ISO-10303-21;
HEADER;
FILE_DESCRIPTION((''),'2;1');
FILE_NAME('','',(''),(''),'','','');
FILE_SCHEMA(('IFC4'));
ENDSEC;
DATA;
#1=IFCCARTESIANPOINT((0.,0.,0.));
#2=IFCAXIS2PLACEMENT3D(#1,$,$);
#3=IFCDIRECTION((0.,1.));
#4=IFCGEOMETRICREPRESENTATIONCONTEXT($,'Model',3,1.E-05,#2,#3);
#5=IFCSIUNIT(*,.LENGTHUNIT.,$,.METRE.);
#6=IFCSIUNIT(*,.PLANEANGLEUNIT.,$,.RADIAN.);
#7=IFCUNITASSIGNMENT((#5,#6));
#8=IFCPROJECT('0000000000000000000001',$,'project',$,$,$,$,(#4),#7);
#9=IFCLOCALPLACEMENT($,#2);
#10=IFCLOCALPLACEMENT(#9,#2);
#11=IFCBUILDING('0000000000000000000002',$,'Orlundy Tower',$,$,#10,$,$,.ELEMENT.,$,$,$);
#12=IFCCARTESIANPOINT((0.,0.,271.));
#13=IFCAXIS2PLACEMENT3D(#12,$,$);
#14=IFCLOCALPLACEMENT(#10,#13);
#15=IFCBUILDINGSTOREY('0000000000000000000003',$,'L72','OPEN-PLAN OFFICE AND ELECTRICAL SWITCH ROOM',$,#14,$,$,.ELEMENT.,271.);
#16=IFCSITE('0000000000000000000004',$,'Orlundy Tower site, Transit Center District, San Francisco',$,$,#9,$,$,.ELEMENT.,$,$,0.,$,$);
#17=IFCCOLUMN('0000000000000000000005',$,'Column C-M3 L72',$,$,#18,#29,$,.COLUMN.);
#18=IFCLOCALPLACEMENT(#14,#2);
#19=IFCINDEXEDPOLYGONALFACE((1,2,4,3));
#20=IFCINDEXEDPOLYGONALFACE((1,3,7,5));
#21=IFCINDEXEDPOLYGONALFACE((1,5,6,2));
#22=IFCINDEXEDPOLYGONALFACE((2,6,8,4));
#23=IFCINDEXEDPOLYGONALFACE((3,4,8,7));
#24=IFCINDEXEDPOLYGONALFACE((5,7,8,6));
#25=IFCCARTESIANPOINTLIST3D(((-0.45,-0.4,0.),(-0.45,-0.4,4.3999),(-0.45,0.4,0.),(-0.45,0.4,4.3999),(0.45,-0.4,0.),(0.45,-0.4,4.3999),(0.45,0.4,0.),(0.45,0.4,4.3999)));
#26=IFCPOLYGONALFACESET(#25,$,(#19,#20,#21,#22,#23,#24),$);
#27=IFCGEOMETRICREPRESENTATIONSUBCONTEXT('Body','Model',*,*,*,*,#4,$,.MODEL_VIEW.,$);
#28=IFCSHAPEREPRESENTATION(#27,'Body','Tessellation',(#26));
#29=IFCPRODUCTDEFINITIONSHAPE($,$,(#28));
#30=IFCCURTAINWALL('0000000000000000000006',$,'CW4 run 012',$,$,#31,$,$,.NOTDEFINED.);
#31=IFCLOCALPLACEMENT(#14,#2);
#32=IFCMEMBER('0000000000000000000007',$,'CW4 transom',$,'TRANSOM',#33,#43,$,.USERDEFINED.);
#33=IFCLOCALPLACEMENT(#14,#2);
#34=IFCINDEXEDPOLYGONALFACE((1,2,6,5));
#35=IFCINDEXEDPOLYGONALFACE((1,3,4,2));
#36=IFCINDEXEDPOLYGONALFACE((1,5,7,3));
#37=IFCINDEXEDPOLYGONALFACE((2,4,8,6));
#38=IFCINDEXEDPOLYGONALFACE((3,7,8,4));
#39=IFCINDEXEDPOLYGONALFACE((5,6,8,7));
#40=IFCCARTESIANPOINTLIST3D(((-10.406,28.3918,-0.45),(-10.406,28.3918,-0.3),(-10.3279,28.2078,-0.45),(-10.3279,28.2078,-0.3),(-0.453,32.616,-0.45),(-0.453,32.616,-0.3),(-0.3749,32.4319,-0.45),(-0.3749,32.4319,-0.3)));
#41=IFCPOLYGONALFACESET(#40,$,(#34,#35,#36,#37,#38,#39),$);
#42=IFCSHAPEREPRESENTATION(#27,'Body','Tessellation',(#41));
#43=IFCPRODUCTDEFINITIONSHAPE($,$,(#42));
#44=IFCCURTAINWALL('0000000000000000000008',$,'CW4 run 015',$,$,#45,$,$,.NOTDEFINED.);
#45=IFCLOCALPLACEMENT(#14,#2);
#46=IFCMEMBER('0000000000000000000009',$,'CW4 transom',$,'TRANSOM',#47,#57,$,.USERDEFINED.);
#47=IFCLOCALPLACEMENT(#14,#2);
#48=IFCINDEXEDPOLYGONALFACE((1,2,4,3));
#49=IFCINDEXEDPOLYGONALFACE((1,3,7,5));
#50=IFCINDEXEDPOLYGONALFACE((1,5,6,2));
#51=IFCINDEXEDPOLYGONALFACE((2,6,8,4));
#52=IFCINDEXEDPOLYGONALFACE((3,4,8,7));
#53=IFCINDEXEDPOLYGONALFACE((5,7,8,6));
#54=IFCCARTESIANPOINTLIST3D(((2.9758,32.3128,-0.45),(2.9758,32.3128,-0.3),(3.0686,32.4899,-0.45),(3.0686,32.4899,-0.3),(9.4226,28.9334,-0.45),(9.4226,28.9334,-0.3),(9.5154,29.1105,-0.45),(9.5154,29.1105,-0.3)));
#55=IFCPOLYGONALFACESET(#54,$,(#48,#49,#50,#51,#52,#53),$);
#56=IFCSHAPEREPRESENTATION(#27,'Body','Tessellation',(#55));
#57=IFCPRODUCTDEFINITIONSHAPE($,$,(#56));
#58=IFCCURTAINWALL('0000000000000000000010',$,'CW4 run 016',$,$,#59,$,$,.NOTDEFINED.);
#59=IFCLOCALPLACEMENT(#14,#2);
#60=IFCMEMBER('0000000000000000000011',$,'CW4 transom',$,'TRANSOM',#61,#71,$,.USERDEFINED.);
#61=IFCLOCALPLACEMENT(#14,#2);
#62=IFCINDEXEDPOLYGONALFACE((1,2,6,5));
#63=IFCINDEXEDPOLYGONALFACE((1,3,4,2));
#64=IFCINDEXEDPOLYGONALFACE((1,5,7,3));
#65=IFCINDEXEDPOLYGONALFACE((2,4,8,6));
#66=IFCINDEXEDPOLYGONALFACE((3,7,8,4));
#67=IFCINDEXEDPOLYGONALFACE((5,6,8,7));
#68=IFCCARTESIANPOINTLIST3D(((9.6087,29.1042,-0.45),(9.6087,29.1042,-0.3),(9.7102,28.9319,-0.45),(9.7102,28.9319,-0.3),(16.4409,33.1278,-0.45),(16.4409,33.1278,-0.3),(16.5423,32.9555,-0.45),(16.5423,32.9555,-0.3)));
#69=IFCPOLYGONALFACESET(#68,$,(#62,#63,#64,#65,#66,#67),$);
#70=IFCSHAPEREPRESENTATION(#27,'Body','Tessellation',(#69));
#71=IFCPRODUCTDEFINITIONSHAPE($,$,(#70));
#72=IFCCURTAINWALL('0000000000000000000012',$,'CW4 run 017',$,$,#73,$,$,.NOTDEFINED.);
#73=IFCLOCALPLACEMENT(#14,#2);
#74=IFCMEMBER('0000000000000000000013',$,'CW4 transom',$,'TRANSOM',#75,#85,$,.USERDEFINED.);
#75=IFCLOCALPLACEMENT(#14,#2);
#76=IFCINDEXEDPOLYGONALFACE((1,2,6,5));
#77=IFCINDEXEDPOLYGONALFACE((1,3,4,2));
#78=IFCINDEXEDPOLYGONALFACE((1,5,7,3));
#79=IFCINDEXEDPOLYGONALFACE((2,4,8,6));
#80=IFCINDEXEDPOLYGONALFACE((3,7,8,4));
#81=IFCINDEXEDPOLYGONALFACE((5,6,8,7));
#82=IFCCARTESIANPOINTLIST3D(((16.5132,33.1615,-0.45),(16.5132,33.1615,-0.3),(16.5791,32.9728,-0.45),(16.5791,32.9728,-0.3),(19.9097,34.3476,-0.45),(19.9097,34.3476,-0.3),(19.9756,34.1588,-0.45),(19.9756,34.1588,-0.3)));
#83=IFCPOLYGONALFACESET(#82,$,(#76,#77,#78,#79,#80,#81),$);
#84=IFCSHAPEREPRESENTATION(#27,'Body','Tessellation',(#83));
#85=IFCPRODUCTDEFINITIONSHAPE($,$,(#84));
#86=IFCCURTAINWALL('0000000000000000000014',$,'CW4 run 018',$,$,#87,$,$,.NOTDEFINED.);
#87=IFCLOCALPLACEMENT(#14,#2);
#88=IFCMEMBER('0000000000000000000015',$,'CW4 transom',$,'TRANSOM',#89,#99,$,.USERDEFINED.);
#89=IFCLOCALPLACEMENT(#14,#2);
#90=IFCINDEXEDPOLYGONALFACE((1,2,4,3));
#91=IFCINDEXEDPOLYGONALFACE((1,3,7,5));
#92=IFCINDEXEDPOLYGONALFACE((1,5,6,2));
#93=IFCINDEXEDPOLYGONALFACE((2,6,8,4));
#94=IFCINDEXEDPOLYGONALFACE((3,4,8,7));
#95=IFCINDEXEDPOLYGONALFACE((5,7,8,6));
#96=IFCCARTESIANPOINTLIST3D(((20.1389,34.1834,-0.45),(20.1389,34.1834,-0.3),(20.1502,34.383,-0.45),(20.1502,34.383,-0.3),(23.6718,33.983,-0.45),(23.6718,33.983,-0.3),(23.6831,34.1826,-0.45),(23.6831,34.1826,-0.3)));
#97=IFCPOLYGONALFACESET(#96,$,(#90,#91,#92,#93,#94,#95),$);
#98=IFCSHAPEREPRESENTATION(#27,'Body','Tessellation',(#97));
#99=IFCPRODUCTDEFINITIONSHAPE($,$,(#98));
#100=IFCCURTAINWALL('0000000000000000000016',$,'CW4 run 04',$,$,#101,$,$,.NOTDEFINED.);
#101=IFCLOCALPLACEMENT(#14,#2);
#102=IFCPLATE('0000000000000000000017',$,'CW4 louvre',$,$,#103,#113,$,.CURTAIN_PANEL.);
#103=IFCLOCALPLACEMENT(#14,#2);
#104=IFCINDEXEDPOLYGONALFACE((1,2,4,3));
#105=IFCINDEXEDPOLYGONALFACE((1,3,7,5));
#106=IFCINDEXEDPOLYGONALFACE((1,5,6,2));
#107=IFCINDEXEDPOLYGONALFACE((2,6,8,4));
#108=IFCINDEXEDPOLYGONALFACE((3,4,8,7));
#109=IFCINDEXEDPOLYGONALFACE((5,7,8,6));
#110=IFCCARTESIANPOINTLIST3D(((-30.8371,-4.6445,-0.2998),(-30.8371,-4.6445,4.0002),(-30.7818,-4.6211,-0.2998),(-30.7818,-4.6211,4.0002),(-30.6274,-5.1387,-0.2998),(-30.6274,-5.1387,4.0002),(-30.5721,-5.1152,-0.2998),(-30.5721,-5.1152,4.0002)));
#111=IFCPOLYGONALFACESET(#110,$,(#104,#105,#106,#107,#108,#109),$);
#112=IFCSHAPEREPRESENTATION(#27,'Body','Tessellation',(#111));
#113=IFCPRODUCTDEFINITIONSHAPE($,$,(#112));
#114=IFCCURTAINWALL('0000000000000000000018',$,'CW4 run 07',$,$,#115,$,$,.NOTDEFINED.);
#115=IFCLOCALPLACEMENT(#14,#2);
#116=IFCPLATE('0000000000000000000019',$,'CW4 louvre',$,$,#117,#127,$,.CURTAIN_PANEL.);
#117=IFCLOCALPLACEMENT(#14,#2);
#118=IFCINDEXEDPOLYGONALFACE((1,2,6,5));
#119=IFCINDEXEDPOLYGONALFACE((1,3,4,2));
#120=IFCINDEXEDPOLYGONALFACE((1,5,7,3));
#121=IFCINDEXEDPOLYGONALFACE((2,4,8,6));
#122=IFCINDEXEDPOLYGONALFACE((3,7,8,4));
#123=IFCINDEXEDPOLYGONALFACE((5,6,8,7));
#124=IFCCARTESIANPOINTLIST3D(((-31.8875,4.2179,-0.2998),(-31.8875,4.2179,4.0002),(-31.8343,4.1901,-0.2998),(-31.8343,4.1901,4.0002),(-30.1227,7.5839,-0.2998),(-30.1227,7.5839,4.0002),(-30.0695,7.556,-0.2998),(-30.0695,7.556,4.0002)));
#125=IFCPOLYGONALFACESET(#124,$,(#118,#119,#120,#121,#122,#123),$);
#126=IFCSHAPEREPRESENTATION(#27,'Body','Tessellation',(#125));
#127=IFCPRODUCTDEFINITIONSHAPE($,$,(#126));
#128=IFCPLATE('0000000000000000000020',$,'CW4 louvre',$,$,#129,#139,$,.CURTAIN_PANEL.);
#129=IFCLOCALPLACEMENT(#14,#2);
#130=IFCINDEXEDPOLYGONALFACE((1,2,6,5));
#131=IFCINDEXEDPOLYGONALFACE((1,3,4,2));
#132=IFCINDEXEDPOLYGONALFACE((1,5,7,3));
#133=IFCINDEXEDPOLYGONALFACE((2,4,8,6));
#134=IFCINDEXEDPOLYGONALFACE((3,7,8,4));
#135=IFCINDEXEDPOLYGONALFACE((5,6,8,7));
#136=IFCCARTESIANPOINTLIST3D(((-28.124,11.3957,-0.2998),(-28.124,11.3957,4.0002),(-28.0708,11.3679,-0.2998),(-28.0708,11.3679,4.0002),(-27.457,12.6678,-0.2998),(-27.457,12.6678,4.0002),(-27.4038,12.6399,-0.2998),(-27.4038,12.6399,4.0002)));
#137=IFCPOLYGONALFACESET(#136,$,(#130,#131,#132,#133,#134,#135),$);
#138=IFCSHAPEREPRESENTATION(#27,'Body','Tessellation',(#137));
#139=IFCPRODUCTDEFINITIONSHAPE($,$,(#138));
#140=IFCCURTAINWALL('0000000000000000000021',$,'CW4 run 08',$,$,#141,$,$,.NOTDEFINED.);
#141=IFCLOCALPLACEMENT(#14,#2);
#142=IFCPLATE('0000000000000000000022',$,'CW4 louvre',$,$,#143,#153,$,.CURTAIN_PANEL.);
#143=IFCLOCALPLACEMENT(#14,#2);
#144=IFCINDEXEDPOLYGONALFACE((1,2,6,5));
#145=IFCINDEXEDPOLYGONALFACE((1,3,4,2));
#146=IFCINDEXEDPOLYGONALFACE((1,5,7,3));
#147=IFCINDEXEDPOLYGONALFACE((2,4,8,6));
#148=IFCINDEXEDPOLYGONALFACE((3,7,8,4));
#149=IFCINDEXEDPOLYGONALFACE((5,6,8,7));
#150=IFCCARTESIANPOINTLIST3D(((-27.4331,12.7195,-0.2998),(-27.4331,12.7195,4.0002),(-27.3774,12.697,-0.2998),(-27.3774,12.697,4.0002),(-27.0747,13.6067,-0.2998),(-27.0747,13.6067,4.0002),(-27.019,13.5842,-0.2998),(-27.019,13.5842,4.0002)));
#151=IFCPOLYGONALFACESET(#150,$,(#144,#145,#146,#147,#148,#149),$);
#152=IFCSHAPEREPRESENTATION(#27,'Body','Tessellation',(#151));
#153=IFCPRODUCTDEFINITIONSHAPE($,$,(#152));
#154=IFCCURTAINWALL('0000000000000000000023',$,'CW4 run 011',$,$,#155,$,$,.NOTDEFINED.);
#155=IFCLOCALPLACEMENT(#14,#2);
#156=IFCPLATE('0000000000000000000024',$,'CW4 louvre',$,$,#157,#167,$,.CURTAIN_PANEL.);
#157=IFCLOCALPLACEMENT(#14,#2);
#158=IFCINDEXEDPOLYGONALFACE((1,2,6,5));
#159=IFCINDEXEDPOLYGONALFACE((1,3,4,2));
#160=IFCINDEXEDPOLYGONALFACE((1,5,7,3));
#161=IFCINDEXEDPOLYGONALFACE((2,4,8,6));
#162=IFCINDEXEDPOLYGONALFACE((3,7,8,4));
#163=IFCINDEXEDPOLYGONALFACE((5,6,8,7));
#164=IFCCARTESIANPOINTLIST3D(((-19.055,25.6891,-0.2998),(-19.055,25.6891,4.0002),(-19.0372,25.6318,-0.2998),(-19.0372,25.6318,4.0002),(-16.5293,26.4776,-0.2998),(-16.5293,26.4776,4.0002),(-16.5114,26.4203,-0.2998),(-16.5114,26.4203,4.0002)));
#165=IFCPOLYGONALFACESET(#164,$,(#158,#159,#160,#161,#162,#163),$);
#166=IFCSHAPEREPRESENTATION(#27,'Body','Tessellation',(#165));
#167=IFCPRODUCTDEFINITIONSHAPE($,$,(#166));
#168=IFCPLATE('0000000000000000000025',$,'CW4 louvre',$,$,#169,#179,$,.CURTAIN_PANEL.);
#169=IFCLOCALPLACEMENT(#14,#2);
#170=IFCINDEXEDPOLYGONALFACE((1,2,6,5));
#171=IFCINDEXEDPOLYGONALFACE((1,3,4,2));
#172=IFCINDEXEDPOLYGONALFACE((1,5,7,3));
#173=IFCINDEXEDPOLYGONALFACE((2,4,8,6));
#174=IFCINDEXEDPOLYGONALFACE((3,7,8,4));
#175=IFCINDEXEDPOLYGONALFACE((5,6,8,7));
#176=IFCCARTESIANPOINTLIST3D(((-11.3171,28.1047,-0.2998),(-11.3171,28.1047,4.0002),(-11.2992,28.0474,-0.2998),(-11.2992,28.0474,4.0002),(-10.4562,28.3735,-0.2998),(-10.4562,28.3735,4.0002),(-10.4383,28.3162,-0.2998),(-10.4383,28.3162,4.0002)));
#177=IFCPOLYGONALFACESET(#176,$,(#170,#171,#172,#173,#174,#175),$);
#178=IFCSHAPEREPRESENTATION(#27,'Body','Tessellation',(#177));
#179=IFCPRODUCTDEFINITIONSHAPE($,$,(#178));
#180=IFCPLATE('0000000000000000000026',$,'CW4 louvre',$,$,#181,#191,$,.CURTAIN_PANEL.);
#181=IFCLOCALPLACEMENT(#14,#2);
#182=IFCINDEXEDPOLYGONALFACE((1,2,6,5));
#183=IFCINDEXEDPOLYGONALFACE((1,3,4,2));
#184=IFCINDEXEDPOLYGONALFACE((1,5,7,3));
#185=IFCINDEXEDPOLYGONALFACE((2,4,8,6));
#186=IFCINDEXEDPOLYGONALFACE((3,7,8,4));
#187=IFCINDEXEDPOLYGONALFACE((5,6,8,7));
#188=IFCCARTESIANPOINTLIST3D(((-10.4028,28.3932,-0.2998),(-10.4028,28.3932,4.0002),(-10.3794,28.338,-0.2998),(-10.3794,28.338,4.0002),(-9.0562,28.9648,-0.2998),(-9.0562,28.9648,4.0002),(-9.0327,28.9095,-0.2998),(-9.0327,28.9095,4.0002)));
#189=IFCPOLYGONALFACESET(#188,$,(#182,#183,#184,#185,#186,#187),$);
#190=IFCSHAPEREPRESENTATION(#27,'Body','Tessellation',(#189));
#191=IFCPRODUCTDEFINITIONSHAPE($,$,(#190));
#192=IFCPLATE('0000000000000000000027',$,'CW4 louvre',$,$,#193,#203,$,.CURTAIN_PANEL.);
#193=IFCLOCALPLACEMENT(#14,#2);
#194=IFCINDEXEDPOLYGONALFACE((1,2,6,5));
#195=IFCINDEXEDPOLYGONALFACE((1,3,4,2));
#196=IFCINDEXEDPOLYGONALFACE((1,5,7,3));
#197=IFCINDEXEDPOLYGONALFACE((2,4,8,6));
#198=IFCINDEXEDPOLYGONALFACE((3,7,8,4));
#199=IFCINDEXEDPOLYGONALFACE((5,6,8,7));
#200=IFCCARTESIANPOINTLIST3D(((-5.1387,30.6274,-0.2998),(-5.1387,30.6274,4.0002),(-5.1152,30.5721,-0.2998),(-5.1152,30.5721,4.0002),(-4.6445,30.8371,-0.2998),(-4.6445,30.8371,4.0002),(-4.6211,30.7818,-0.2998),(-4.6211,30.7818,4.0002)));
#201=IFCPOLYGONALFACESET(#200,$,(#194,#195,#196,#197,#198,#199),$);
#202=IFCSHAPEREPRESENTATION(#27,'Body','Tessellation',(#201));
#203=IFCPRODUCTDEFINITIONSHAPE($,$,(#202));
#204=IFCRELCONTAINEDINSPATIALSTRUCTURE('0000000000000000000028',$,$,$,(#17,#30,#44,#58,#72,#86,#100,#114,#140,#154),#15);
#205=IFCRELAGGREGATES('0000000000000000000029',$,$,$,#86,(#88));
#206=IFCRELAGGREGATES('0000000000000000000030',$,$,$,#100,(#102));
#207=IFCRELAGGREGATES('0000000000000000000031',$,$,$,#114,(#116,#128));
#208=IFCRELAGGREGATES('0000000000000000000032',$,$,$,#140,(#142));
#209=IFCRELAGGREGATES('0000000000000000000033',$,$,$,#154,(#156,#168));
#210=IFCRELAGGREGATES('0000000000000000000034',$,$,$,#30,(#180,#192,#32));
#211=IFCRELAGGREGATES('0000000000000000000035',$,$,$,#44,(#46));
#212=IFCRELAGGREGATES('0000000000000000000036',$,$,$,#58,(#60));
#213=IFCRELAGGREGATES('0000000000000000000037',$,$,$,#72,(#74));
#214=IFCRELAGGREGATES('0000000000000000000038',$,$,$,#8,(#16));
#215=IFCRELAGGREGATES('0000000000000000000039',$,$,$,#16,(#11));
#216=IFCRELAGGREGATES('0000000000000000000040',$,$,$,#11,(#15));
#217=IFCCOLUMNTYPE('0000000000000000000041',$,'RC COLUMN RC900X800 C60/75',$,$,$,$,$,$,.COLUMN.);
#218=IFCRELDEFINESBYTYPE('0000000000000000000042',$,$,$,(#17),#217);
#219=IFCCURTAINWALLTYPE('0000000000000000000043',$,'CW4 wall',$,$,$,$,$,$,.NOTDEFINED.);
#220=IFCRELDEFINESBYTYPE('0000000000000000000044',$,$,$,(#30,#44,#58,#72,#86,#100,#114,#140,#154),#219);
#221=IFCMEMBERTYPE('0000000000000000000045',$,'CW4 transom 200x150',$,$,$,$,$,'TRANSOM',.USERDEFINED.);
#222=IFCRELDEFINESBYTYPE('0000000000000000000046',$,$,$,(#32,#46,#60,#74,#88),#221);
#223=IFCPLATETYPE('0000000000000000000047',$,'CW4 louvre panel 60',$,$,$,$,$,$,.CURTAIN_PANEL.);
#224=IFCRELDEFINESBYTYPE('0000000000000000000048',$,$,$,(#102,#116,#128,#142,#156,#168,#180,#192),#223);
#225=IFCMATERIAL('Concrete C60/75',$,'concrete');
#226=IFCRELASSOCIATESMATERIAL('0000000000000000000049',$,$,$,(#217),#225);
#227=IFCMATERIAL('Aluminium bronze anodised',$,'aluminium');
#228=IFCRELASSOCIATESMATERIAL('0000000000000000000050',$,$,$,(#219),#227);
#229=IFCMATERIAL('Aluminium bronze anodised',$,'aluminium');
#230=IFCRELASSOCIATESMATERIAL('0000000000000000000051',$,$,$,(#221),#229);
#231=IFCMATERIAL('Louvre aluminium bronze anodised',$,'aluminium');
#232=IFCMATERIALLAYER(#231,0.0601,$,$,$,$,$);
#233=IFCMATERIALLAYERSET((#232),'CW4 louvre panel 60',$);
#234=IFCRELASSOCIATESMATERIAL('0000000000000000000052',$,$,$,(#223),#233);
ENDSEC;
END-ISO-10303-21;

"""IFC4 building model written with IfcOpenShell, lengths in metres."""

from ifc_helpers import new_model, si_unit, direction, frame, origin, origin_with_axes, origin_2d, place, context, subcontext, project, spatial, rectangle, extrude, material, layer, layer_set, material_profile, profile_set, type_object, element, aggregate, save


model = new_model("IFC4")

# Units and contexts
model_context = context("Model", 3, precision=1e-05, world=origin(), true_north=direction((0.0, 1.0)))
body_context = subcontext(model_context, "Body", "Model", "MODEL_VIEW")
ifc_project = project(units=[si_unit("LENGTHUNIT", "METRE"), si_unit("PLANEANGLEUNIT", "RADIAN")], contexts=[model_context])

# Site, building, storey
site_placement = place(None, origin())
site = spatial("IfcSite", under=ifc_project, at=site_placement, Name="Orlundy Tower site, Transit Center District, San Francisco", CompositionType="ELEMENT", RefElevation=0.0)
building_placement = place(site_placement, origin())
building = spatial("IfcBuilding", under=site, at=building_placement, Name="Orlundy Tower", CompositionType="ELEMENT")
storey_placement = place(building_placement, frame((0.0, 0.0, 271.0)))
storey = spatial("IfcBuildingStorey", under=building, at=storey_placement, Name="L72", Description="OPEN-PLAN OFFICE AND ELECTRICAL SWITCH ROOM", CompositionType="ELEMENT", Elevation=271.0)

# Column
ifc_material_1 = material(Name="Concrete C60/75", Category="concrete")
ifc_material_profile_1 = material_profile(ifc_material_1, rectangle(XDim=0.8999, YDim=0.8, at=origin_2d()), Name="RC900X800")
ifc_profile_set_1 = profile_set([ifc_material_profile_1], Name="Concrete C60/75")
column_type = type_object("IfcColumnType", Name="RC COLUMN RC900X800 C60/75", PredefinedType="COLUMN", material=ifc_profile_set_1)
column_placement = place(storey_placement, origin_with_axes())
element("IfcColumn", 1, at=column_placement, inside=storey, type_object=column_type, Name="Column C-M3 L72", PredefinedType="COLUMN", context=body_context, shape_type="SweptSolid", body=[
    extrude(rectangle(XDim=0.8999, YDim=0.8, at=origin_2d()), origin(), (0.0, 0.0, 1.0), 4.3999),
])

# Curtain walls, members
ifc_material_2 = material(Name="Aluminium bronze anodised", Category="aluminium")
curtain_wall_type = type_object("IfcCurtainWallType", Name="CW4 wall", PredefinedType="NOTDEFINED", material=ifc_material_2)
curtain_wall_1_placement = place(storey_placement, origin())
curtain_wall_1 = element("IfcCurtainWall", 2, at=curtain_wall_1_placement, inside=storey, type_object=curtain_wall_type, Name="CW4 run 012", PredefinedType="NOTDEFINED")
ifc_material_3 = material(Name="Aluminium bronze anodised", Category="aluminium")
ifc_material_profile_2 = material_profile(ifc_material_3, rectangle(XDim=0.2, YDim=0.1499, at=origin_2d()), Name="CW4 transom 200x150")
ifc_profile_set_2 = profile_set([ifc_material_profile_2], Name="Aluminium bronze anodised")
member_type = type_object("IfcMemberType", Name="CW4 transom 200x150", ElementType="TRANSOM", PredefinedType="USERDEFINED", material=ifc_profile_set_2)
member_1_placement = place(storey_placement, frame((-10.3669, 28.2998, -0.375), z_axis=(0.920526, 0.390682, 0.0), x_axis=(-0.390682, 0.920526, 0.0)))
member_1 = element("IfcMember", 3, at=member_1_placement, type_object=member_type, Name="CW4 transom", ObjectType="TRANSOM", PredefinedType="USERDEFINED", context=body_context, shape_type="SweptSolid", body=[
    extrude(rectangle(XDim=0.2, YDim=0.1499, at=origin_2d()), origin(), (0.0, 0.0, 1.0), 10.8123),
])
curtain_wall_2_placement = place(storey_placement, origin())
curtain_wall_2 = element("IfcCurtainWall", 4, at=curtain_wall_2_placement, inside=storey, type_object=curtain_wall_type, Name="CW4 run 015", PredefinedType="NOTDEFINED")
member_2_placement = place(storey_placement, frame((3.0222, 32.4014, -0.375), z_axis=(0.88569, -0.464278, 0.0), x_axis=(0.464278, 0.88569, 0.0)))
member_2 = element("IfcMember", 5, at=member_2_placement, type_object=member_type, Name="CW4 transom", ObjectType="TRANSOM", PredefinedType="USERDEFINED", context=body_context, shape_type="SweptSolid", body=[
    extrude(rectangle(XDim=0.2, YDim=0.1499, at=origin_2d()), origin(), (0.0, 0.0, 1.0), 7.2788),
])
curtain_wall_3_placement = place(storey_placement, origin())
curtain_wall_3 = element("IfcCurtainWall", 6, at=curtain_wall_3_placement, inside=storey, type_object=curtain_wall_type, Name="CW4 run 016", PredefinedType="NOTDEFINED")
member_3_placement = place(storey_placement, frame((9.6594, 29.0181, -0.375), z_axis=(0.861675, 0.50746, 0.0), x_axis=(-0.50746, 0.861675, 0.0)))
member_3 = element("IfcMember", 7, at=member_3_placement, type_object=member_type, Name="CW4 transom", ObjectType="TRANSOM", PredefinedType="USERDEFINED", context=body_context, shape_type="SweptSolid", body=[
    extrude(rectangle(XDim=0.2, YDim=0.1499, at=origin_2d()), origin(), (0.0, 0.0, 1.0), 7.929),
])
curtain_wall_4_placement = place(storey_placement, origin())
curtain_wall_4 = element("IfcCurtainWall", 8, at=curtain_wall_4_placement, inside=storey, type_object=curtain_wall_type, Name="CW4 run 017", PredefinedType="NOTDEFINED")
member_4_placement = place(storey_placement, frame((16.5461, 33.0671, -0.375), z_axis=(0.944095, 0.329673, 0.0), x_axis=(-0.329673, 0.944095, 0.0)))
member_4 = element("IfcMember", 9, at=member_4_placement, type_object=member_type, Name="CW4 transom", ObjectType="TRANSOM", PredefinedType="USERDEFINED", context=body_context, shape_type="SweptSolid", body=[
    extrude(rectangle(XDim=0.2, YDim=0.1499, at=origin_2d()), origin(), (0.0, 0.0, 1.0), 3.5977),
])
curtain_wall_5_placement = place(storey_placement, origin())
curtain_wall_5 = element("IfcCurtainWall", 10, at=curtain_wall_5_placement, inside=storey, type_object=curtain_wall_type, Name="CW4 run 018", PredefinedType="NOTDEFINED")
member_5_placement = place(storey_placement, frame((20.1445, 34.2832, -0.375), z_axis=(0.998394, -0.056643, 0.0), x_axis=(0.056643, 0.998394, 0.0)))
member_5 = element("IfcMember", 11, at=member_5_placement, type_object=member_type, Name="CW4 transom", ObjectType="TRANSOM", PredefinedType="USERDEFINED", context=body_context, shape_type="SweptSolid", body=[
    extrude(rectangle(XDim=0.2, YDim=0.1499, at=origin_2d()), origin(), (0.0, 0.0, 1.0), 3.5386),
])
aggregate(curtain_wall_5, [member_5])

# Curtain wall, plate
curtain_wall_6_placement = place(storey_placement, origin())
curtain_wall_6 = element("IfcCurtainWall", 12, at=curtain_wall_6_placement, inside=storey, type_object=curtain_wall_type, Name="CW4 run 04", PredefinedType="NOTDEFINED")
ifc_material_4 = material(Name="Louvre aluminium bronze anodised", Category="aluminium")
ifc_layer_1 = layer(ifc_material_4, 0.0601)
ifc_layer_set_1 = layer_set([ifc_layer_1], Name="CW4 louvre panel 60")
plate_type = type_object("IfcPlateType", Name="CW4 louvre panel 60", PredefinedType="CURTAIN_PANEL", material=ifc_layer_set_1)
plate_1_placement = place(storey_placement, frame((-30.7046, -4.8799, -0.2998), z_axis=(0.0, 0.0, 1.0), x_axis=(-0.390698, 0.920519, 0.0)))
plate_1 = element("IfcPlate", 13, at=plate_1_placement, type_object=plate_type, Name="CW4 louvre", PredefinedType="CURTAIN_PANEL", context=body_context, shape_type="SweptSolid", body=[
    extrude(rectangle(XDim=0.5369, YDim=0.0601, at=origin_2d()), origin(), (0.0, 0.0, 1.0), 4.3),
])
aggregate(curtain_wall_6, [plate_1])

# Curtain wall, plates
curtain_wall_7_placement = place(storey_placement, origin())
curtain_wall_7 = element("IfcCurtainWall", 14, at=curtain_wall_7_placement, inside=storey, type_object=curtain_wall_type, Name="CW4 run 07", PredefinedType="NOTDEFINED")
plate_2_placement = place(storey_placement, frame((-30.9785, 5.887, -0.2998), z_axis=(0.0, 0.0, 1.0), x_axis=(0.464359, 0.885647, 0.0)))
plate_2 = element("IfcPlate", 15, at=plate_2_placement, type_object=plate_type, Name="CW4 louvre", PredefinedType="CURTAIN_PANEL", context=body_context, shape_type="SweptSolid", body=[
    extrude(rectangle(XDim=3.8005, YDim=0.0601, at=origin_2d()), origin(), (0.0, 0.0, 1.0), 4.3),
])
plate_3_placement = place(storey_placement, frame((-27.7639, 12.0178, -0.2998), z_axis=(0.0, 0.0, 1.0), x_axis=(0.464359, 0.885647, 0.0)))
plate_3 = element("IfcPlate", 16, at=plate_3_placement, type_object=plate_type, Name="CW4 louvre", PredefinedType="CURTAIN_PANEL", context=body_context, shape_type="SweptSolid", body=[
    extrude(rectangle(XDim=1.4363, YDim=0.0601, at=origin_2d()), origin(), (0.0, 0.0, 1.0), 4.3),
])
aggregate(curtain_wall_7, [plate_2, plate_3])

# Curtain wall, plate
curtain_wall_8_placement = place(storey_placement, origin())
curtain_wall_8 = element("IfcCurtainWall", 17, at=curtain_wall_8_placement, inside=storey, type_object=curtain_wall_type, Name="CW4 run 08", PredefinedType="NOTDEFINED")
plate_4_placement = place(storey_placement, frame((-27.2261, 13.1519, -0.2998), z_axis=(0.0, 0.0, 1.0), x_axis=(0.374585, 0.927192, 0.0)))
plate_4 = element("IfcPlate", 18, at=plate_4_placement, type_object=plate_type, Name="CW4 louvre", PredefinedType="CURTAIN_PANEL", context=body_context, shape_type="SweptSolid", body=[
    extrude(rectangle(XDim=0.9568, YDim=0.0601, at=origin_2d()), origin(), (0.0, 0.0, 1.0), 4.3),
])
aggregate(curtain_wall_8, [plate_4])

# Curtain wall, plates
curtain_wall_9_placement = place(storey_placement, origin())
curtain_wall_9 = element("IfcCurtainWall", 19, at=curtain_wall_9_placement, inside=storey, type_object=curtain_wall_type, Name="CW4 run 011", PredefinedType="NOTDEFINED")
plate_5_placement = place(storey_placement, frame((-17.7832, 26.0547, -0.2998), z_axis=(0.0, 0.0, 1.0), x_axis=(0.954571, 0.297983, 0.0)))
plate_5 = element("IfcPlate", 20, at=plate_5_placement, type_object=plate_type, Name="CW4 louvre", PredefinedType="CURTAIN_PANEL", context=body_context, shape_type="SweptSolid", body=[
    extrude(rectangle(XDim=2.646, YDim=0.0601, at=origin_2d()), origin(), (0.0, 0.0, 1.0), 4.3),
])
plate_6_placement = place(storey_placement, frame((-10.8777, 28.2104, -0.2998), z_axis=(0.0, 0.0, 1.0), x_axis=(0.954571, 0.297983, 0.0)))
plate_6 = element("IfcPlate", 21, at=plate_6_placement, type_object=plate_type, Name="CW4 louvre", PredefinedType="CURTAIN_PANEL", context=body_context, shape_type="SweptSolid", body=[
    extrude(rectangle(XDim=0.9019, YDim=0.0601, at=origin_2d()), origin(), (0.0, 0.0, 1.0), 4.3),
])
aggregate(curtain_wall_9, [plate_5, plate_6])

# Plates
plate_7_placement = place(storey_placement, frame((-9.7178, 28.6514, -0.2998), z_axis=(0.0, 0.0, 1.0), x_axis=(0.920519, 0.390698, 0.0)))
plate_7 = element("IfcPlate", 22, at=plate_7_placement, type_object=plate_type, Name="CW4 louvre", PredefinedType="CURTAIN_PANEL", context=body_context, shape_type="SweptSolid", body=[
    extrude(rectangle(XDim=1.4629, YDim=0.0601, at=origin_2d()), origin(), (0.0, 0.0, 1.0), 4.3),
])
plate_8_placement = place(storey_placement, frame((-4.8799, 30.7046, -0.2998), z_axis=(0.0, 0.0, 1.0), x_axis=(0.920519, 0.390698, 0.0)))
plate_8 = element("IfcPlate", 23, at=plate_8_placement, type_object=plate_type, Name="CW4 louvre", PredefinedType="CURTAIN_PANEL", context=body_context, shape_type="SweptSolid", body=[
    extrude(rectangle(XDim=0.5369, YDim=0.0601, at=origin_2d()), origin(), (0.0, 0.0, 1.0), 4.3),
])
aggregate(curtain_wall_1, [plate_7, plate_8, member_1])
aggregate(curtain_wall_2, [member_2])
aggregate(curtain_wall_3, [member_3])
aggregate(curtain_wall_4, [member_4])

save(model, "model.ifc")
